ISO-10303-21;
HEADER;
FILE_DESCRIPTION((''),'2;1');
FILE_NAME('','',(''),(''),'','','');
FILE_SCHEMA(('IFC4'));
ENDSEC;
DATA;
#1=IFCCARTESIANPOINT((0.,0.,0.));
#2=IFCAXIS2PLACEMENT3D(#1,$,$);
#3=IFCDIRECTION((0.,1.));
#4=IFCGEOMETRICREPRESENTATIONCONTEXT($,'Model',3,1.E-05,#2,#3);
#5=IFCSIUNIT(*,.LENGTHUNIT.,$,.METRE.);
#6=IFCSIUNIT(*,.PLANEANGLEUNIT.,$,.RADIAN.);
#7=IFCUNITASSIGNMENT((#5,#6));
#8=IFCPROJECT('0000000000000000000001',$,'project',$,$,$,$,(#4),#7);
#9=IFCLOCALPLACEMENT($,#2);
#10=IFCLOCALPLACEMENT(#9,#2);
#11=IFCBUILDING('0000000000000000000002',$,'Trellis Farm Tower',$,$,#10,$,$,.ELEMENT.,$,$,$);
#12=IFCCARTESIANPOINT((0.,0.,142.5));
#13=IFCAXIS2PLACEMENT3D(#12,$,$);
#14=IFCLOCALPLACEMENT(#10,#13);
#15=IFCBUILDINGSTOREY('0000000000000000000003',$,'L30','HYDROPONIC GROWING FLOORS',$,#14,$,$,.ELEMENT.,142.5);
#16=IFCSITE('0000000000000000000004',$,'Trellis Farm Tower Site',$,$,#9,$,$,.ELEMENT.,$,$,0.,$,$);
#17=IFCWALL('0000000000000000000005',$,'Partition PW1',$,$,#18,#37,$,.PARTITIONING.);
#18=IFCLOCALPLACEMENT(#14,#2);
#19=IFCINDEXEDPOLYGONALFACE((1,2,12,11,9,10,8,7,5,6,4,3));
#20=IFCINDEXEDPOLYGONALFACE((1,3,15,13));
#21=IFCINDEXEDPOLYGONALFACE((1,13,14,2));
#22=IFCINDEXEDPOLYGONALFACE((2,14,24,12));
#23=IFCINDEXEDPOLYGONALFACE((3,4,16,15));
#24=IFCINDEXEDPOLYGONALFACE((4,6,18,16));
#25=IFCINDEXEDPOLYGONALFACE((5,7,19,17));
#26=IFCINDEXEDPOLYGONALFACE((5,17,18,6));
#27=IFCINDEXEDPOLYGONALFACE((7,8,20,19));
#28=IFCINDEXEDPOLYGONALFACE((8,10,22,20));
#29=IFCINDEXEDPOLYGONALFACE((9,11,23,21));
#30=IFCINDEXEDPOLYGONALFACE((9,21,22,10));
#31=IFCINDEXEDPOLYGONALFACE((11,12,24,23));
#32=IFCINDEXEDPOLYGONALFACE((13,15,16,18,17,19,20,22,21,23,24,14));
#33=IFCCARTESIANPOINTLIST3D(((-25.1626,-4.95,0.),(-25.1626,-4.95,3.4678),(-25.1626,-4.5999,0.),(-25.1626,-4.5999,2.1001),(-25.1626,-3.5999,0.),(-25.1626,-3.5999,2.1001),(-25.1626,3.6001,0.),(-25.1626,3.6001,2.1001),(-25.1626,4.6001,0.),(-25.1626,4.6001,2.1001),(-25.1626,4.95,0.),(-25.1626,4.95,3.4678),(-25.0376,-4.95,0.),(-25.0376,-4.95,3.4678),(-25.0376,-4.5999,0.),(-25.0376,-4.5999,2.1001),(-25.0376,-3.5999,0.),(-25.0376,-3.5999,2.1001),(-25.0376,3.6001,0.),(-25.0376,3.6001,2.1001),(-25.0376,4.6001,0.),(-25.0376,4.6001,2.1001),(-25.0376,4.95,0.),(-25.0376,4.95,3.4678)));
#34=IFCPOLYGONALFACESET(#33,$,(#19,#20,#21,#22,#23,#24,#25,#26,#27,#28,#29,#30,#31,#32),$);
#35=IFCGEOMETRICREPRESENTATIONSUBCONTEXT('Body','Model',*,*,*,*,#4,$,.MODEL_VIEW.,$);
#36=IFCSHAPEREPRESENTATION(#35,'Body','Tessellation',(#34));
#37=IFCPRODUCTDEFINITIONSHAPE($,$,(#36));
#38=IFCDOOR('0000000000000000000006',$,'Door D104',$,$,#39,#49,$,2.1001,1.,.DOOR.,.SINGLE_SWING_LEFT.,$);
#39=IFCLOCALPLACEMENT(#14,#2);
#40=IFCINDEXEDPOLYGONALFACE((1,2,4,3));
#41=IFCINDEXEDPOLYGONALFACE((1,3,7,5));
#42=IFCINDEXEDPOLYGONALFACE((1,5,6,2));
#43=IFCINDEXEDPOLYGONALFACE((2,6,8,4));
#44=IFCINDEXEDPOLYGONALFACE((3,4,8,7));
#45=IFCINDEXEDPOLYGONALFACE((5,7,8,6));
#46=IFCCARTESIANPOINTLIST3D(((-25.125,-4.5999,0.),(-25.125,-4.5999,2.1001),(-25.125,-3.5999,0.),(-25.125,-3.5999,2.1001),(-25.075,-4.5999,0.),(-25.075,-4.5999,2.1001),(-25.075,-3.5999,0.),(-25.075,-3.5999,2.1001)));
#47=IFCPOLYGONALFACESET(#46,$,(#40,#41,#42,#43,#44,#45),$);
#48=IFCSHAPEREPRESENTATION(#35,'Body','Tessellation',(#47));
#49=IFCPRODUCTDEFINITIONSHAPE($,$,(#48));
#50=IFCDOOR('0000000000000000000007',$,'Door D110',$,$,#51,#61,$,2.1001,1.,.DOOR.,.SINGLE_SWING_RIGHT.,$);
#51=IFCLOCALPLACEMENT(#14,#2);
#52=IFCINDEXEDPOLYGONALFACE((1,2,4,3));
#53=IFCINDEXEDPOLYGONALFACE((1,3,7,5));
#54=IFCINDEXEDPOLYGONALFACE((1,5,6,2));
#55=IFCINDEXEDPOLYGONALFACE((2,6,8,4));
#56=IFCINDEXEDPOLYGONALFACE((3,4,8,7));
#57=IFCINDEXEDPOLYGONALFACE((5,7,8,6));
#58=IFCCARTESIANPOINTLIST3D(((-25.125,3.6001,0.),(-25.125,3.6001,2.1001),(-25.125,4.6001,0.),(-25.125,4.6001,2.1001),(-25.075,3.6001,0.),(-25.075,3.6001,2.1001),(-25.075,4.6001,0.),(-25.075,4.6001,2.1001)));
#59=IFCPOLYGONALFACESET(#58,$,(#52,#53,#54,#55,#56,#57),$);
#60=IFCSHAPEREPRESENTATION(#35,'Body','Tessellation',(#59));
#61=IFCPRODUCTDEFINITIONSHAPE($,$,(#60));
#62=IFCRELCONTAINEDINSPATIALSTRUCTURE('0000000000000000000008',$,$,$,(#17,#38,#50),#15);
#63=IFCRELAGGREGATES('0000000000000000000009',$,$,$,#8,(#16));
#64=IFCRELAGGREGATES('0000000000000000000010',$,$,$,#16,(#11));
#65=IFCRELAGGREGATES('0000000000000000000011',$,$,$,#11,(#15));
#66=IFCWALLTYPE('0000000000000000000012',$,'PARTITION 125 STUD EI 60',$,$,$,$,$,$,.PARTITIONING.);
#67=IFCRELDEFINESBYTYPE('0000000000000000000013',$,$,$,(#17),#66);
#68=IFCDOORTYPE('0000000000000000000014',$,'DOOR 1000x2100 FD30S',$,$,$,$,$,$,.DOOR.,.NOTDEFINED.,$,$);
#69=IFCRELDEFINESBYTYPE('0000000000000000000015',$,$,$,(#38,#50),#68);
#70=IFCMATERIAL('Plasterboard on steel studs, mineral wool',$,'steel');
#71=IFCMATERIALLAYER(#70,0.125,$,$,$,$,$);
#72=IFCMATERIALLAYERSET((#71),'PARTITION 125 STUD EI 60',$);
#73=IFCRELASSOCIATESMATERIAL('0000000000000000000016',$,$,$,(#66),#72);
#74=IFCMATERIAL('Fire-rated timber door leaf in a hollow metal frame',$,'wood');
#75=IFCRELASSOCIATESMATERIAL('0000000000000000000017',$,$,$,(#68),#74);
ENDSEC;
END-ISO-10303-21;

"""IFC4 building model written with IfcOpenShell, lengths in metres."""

from ifc_helpers import new_model, si_unit, direction, frame, frame_2d, origin, place, context, subcontext, project, spatial, rectangle, extrude, source, transform, mapped, material, layer, layer_set, type_object, element, fill, save


model = new_model("IFC4")

# Units and contexts
model_context = context("Model", 3, precision=1e-05, world=origin(), true_north=direction((0.0, 1.0)))
body_context = subcontext(model_context, "Body", "Model", "MODEL_VIEW")
ifc_project = project(units=[si_unit("LENGTHUNIT", "METRE"), si_unit("PLANEANGLEUNIT", "RADIAN")], contexts=[model_context])

# Site, building, storey
site_placement = place(None, origin())
site = spatial("IfcSite", under=ifc_project, at=site_placement, Name="Trellis Farm Tower Site", CompositionType="ELEMENT", RefElevation=0.0)
building_placement = place(site_placement, origin())
building = spatial("IfcBuilding", under=site, at=building_placement, Name="Trellis Farm Tower", CompositionType="ELEMENT")
storey_placement = place(building_placement, frame((0.0, 0.0, 142.5)))
storey = spatial("IfcBuildingStorey", under=building, at=storey_placement, Name="L30", Description="HYDROPONIC GROWING FLOORS", CompositionType="ELEMENT", Elevation=142.5)

# Wall, openings, doors
ifc_material_1 = material(Name="Plasterboard on steel studs, mineral wool", Category="steel")
ifc_layer_1 = layer(ifc_material_1, 0.125)
ifc_layer_set_1 = layer_set([ifc_layer_1], Name="PARTITION 125 STUD EI 60")
wall_type_1 = type_object("IfcWallType", Name="PARTITION 125 STUD EI 60", PredefinedType="PARTITIONING", material=ifc_layer_set_1)
shared_shape_1 = source(origin(), body_context, "Body", "SweptSolid", [
    extrude(rectangle(XDim=9.8999, YDim=0.125, at=frame_2d((4.95, 0.0))), origin(), (0.0, 0.0, 1.0), 3.4678),
])
wall_1_placement = place(storey_placement, frame((-25.1001, -4.95, 0.0), z_axis=(0.0, 0.0, 1.0), x_axis=(0.0, 1.0, 0.0)))
wall_1 = element("IfcWall", 1, at=wall_1_placement, inside=storey, type_object=wall_type_1, Name="Partition PW1", PredefinedType="PARTITIONING", context=body_context, shape_type="MappedRepresentation", body=[
    mapped(shared_shape_1, transform((0.0, 0.0, 0.0))),
])
shared_shape_2 = source(origin(), body_context, "Body", "SweptSolid", [
    extrude(rectangle(XDim=1.0, YDim=2.1001, at=frame_2d((0.5, 1.05))), frame((0.0, 0.0725, 0.0), z_axis=(0.0, -1.0, 0.0), x_axis=(1.0, 0.0, 0.0)), (0.0, 0.0, 1.0), 0.145),
])
opening_1_placement = place(wall_1_placement, frame((0.3501, 0.0, 0.0)))
opening_1 = element("IfcOpeningElement", 2, at=opening_1_placement, cuts=wall_1, PredefinedType="OPENING", context=body_context, shape_type="MappedRepresentation", body=[
    mapped(shared_shape_2, transform((0.0, 0.0, 0.0))),
])
opening_2_placement = place(wall_1_placement, frame((8.55, 0.0, 0.0)))
opening_2 = element("IfcOpeningElement", 3, at=opening_2_placement, cuts=wall_1, PredefinedType="OPENING", context=body_context, shape_type="MappedRepresentation", body=[
    mapped(shared_shape_2, transform((0.0, 0.0, 0.0))),
])
ifc_material_2 = material(Name="Fire-rated timber door leaf in a hollow metal frame", Category="wood")
door_type_1 = type_object("IfcDoorType", Name="DOOR 1000x2100 FD30S", OperationType="NOTDEFINED", PredefinedType="DOOR", material=ifc_material_2)
shared_shape_3 = source(origin(), body_context, "Body", "SweptSolid", [
    extrude(rectangle(XDim=1.0, YDim=2.1001, at=frame_2d((0.5, 1.05))), frame((0.0, 0.0249, 0.0), z_axis=(0.0, -1.0, 0.0), x_axis=(1.0, 0.0, 0.0)), (0.0, 0.0, 1.0), 0.05),
])
door_1_placement = place(opening_1_placement, origin())
door_1 = element("IfcDoor", 4, at=door_1_placement, inside=storey, type_object=door_type_1, Name="Door D104", OperationType="SINGLE_SWING_LEFT", OverallHeight=2.1001, OverallWidth=1.0, PredefinedType="DOOR", context=body_context, shape_type="MappedRepresentation", body=[
    mapped(shared_shape_3, transform((0.0, 0.0, 0.0))),
])
fill(opening_1, door_1)
door_2_placement = place(opening_2_placement, origin())
door_2 = element("IfcDoor", 5, at=door_2_placement, inside=storey, type_object=door_type_1, Name="Door D110", OperationType="SINGLE_SWING_RIGHT", OverallHeight=2.1001, OverallWidth=1.0, PredefinedType="DOOR", context=body_context, shape_type="MappedRepresentation", body=[
    mapped(shared_shape_3, transform((0.0, 0.0, 0.0))),
])
fill(opening_2, door_2)

save(model, "model.ifc")
